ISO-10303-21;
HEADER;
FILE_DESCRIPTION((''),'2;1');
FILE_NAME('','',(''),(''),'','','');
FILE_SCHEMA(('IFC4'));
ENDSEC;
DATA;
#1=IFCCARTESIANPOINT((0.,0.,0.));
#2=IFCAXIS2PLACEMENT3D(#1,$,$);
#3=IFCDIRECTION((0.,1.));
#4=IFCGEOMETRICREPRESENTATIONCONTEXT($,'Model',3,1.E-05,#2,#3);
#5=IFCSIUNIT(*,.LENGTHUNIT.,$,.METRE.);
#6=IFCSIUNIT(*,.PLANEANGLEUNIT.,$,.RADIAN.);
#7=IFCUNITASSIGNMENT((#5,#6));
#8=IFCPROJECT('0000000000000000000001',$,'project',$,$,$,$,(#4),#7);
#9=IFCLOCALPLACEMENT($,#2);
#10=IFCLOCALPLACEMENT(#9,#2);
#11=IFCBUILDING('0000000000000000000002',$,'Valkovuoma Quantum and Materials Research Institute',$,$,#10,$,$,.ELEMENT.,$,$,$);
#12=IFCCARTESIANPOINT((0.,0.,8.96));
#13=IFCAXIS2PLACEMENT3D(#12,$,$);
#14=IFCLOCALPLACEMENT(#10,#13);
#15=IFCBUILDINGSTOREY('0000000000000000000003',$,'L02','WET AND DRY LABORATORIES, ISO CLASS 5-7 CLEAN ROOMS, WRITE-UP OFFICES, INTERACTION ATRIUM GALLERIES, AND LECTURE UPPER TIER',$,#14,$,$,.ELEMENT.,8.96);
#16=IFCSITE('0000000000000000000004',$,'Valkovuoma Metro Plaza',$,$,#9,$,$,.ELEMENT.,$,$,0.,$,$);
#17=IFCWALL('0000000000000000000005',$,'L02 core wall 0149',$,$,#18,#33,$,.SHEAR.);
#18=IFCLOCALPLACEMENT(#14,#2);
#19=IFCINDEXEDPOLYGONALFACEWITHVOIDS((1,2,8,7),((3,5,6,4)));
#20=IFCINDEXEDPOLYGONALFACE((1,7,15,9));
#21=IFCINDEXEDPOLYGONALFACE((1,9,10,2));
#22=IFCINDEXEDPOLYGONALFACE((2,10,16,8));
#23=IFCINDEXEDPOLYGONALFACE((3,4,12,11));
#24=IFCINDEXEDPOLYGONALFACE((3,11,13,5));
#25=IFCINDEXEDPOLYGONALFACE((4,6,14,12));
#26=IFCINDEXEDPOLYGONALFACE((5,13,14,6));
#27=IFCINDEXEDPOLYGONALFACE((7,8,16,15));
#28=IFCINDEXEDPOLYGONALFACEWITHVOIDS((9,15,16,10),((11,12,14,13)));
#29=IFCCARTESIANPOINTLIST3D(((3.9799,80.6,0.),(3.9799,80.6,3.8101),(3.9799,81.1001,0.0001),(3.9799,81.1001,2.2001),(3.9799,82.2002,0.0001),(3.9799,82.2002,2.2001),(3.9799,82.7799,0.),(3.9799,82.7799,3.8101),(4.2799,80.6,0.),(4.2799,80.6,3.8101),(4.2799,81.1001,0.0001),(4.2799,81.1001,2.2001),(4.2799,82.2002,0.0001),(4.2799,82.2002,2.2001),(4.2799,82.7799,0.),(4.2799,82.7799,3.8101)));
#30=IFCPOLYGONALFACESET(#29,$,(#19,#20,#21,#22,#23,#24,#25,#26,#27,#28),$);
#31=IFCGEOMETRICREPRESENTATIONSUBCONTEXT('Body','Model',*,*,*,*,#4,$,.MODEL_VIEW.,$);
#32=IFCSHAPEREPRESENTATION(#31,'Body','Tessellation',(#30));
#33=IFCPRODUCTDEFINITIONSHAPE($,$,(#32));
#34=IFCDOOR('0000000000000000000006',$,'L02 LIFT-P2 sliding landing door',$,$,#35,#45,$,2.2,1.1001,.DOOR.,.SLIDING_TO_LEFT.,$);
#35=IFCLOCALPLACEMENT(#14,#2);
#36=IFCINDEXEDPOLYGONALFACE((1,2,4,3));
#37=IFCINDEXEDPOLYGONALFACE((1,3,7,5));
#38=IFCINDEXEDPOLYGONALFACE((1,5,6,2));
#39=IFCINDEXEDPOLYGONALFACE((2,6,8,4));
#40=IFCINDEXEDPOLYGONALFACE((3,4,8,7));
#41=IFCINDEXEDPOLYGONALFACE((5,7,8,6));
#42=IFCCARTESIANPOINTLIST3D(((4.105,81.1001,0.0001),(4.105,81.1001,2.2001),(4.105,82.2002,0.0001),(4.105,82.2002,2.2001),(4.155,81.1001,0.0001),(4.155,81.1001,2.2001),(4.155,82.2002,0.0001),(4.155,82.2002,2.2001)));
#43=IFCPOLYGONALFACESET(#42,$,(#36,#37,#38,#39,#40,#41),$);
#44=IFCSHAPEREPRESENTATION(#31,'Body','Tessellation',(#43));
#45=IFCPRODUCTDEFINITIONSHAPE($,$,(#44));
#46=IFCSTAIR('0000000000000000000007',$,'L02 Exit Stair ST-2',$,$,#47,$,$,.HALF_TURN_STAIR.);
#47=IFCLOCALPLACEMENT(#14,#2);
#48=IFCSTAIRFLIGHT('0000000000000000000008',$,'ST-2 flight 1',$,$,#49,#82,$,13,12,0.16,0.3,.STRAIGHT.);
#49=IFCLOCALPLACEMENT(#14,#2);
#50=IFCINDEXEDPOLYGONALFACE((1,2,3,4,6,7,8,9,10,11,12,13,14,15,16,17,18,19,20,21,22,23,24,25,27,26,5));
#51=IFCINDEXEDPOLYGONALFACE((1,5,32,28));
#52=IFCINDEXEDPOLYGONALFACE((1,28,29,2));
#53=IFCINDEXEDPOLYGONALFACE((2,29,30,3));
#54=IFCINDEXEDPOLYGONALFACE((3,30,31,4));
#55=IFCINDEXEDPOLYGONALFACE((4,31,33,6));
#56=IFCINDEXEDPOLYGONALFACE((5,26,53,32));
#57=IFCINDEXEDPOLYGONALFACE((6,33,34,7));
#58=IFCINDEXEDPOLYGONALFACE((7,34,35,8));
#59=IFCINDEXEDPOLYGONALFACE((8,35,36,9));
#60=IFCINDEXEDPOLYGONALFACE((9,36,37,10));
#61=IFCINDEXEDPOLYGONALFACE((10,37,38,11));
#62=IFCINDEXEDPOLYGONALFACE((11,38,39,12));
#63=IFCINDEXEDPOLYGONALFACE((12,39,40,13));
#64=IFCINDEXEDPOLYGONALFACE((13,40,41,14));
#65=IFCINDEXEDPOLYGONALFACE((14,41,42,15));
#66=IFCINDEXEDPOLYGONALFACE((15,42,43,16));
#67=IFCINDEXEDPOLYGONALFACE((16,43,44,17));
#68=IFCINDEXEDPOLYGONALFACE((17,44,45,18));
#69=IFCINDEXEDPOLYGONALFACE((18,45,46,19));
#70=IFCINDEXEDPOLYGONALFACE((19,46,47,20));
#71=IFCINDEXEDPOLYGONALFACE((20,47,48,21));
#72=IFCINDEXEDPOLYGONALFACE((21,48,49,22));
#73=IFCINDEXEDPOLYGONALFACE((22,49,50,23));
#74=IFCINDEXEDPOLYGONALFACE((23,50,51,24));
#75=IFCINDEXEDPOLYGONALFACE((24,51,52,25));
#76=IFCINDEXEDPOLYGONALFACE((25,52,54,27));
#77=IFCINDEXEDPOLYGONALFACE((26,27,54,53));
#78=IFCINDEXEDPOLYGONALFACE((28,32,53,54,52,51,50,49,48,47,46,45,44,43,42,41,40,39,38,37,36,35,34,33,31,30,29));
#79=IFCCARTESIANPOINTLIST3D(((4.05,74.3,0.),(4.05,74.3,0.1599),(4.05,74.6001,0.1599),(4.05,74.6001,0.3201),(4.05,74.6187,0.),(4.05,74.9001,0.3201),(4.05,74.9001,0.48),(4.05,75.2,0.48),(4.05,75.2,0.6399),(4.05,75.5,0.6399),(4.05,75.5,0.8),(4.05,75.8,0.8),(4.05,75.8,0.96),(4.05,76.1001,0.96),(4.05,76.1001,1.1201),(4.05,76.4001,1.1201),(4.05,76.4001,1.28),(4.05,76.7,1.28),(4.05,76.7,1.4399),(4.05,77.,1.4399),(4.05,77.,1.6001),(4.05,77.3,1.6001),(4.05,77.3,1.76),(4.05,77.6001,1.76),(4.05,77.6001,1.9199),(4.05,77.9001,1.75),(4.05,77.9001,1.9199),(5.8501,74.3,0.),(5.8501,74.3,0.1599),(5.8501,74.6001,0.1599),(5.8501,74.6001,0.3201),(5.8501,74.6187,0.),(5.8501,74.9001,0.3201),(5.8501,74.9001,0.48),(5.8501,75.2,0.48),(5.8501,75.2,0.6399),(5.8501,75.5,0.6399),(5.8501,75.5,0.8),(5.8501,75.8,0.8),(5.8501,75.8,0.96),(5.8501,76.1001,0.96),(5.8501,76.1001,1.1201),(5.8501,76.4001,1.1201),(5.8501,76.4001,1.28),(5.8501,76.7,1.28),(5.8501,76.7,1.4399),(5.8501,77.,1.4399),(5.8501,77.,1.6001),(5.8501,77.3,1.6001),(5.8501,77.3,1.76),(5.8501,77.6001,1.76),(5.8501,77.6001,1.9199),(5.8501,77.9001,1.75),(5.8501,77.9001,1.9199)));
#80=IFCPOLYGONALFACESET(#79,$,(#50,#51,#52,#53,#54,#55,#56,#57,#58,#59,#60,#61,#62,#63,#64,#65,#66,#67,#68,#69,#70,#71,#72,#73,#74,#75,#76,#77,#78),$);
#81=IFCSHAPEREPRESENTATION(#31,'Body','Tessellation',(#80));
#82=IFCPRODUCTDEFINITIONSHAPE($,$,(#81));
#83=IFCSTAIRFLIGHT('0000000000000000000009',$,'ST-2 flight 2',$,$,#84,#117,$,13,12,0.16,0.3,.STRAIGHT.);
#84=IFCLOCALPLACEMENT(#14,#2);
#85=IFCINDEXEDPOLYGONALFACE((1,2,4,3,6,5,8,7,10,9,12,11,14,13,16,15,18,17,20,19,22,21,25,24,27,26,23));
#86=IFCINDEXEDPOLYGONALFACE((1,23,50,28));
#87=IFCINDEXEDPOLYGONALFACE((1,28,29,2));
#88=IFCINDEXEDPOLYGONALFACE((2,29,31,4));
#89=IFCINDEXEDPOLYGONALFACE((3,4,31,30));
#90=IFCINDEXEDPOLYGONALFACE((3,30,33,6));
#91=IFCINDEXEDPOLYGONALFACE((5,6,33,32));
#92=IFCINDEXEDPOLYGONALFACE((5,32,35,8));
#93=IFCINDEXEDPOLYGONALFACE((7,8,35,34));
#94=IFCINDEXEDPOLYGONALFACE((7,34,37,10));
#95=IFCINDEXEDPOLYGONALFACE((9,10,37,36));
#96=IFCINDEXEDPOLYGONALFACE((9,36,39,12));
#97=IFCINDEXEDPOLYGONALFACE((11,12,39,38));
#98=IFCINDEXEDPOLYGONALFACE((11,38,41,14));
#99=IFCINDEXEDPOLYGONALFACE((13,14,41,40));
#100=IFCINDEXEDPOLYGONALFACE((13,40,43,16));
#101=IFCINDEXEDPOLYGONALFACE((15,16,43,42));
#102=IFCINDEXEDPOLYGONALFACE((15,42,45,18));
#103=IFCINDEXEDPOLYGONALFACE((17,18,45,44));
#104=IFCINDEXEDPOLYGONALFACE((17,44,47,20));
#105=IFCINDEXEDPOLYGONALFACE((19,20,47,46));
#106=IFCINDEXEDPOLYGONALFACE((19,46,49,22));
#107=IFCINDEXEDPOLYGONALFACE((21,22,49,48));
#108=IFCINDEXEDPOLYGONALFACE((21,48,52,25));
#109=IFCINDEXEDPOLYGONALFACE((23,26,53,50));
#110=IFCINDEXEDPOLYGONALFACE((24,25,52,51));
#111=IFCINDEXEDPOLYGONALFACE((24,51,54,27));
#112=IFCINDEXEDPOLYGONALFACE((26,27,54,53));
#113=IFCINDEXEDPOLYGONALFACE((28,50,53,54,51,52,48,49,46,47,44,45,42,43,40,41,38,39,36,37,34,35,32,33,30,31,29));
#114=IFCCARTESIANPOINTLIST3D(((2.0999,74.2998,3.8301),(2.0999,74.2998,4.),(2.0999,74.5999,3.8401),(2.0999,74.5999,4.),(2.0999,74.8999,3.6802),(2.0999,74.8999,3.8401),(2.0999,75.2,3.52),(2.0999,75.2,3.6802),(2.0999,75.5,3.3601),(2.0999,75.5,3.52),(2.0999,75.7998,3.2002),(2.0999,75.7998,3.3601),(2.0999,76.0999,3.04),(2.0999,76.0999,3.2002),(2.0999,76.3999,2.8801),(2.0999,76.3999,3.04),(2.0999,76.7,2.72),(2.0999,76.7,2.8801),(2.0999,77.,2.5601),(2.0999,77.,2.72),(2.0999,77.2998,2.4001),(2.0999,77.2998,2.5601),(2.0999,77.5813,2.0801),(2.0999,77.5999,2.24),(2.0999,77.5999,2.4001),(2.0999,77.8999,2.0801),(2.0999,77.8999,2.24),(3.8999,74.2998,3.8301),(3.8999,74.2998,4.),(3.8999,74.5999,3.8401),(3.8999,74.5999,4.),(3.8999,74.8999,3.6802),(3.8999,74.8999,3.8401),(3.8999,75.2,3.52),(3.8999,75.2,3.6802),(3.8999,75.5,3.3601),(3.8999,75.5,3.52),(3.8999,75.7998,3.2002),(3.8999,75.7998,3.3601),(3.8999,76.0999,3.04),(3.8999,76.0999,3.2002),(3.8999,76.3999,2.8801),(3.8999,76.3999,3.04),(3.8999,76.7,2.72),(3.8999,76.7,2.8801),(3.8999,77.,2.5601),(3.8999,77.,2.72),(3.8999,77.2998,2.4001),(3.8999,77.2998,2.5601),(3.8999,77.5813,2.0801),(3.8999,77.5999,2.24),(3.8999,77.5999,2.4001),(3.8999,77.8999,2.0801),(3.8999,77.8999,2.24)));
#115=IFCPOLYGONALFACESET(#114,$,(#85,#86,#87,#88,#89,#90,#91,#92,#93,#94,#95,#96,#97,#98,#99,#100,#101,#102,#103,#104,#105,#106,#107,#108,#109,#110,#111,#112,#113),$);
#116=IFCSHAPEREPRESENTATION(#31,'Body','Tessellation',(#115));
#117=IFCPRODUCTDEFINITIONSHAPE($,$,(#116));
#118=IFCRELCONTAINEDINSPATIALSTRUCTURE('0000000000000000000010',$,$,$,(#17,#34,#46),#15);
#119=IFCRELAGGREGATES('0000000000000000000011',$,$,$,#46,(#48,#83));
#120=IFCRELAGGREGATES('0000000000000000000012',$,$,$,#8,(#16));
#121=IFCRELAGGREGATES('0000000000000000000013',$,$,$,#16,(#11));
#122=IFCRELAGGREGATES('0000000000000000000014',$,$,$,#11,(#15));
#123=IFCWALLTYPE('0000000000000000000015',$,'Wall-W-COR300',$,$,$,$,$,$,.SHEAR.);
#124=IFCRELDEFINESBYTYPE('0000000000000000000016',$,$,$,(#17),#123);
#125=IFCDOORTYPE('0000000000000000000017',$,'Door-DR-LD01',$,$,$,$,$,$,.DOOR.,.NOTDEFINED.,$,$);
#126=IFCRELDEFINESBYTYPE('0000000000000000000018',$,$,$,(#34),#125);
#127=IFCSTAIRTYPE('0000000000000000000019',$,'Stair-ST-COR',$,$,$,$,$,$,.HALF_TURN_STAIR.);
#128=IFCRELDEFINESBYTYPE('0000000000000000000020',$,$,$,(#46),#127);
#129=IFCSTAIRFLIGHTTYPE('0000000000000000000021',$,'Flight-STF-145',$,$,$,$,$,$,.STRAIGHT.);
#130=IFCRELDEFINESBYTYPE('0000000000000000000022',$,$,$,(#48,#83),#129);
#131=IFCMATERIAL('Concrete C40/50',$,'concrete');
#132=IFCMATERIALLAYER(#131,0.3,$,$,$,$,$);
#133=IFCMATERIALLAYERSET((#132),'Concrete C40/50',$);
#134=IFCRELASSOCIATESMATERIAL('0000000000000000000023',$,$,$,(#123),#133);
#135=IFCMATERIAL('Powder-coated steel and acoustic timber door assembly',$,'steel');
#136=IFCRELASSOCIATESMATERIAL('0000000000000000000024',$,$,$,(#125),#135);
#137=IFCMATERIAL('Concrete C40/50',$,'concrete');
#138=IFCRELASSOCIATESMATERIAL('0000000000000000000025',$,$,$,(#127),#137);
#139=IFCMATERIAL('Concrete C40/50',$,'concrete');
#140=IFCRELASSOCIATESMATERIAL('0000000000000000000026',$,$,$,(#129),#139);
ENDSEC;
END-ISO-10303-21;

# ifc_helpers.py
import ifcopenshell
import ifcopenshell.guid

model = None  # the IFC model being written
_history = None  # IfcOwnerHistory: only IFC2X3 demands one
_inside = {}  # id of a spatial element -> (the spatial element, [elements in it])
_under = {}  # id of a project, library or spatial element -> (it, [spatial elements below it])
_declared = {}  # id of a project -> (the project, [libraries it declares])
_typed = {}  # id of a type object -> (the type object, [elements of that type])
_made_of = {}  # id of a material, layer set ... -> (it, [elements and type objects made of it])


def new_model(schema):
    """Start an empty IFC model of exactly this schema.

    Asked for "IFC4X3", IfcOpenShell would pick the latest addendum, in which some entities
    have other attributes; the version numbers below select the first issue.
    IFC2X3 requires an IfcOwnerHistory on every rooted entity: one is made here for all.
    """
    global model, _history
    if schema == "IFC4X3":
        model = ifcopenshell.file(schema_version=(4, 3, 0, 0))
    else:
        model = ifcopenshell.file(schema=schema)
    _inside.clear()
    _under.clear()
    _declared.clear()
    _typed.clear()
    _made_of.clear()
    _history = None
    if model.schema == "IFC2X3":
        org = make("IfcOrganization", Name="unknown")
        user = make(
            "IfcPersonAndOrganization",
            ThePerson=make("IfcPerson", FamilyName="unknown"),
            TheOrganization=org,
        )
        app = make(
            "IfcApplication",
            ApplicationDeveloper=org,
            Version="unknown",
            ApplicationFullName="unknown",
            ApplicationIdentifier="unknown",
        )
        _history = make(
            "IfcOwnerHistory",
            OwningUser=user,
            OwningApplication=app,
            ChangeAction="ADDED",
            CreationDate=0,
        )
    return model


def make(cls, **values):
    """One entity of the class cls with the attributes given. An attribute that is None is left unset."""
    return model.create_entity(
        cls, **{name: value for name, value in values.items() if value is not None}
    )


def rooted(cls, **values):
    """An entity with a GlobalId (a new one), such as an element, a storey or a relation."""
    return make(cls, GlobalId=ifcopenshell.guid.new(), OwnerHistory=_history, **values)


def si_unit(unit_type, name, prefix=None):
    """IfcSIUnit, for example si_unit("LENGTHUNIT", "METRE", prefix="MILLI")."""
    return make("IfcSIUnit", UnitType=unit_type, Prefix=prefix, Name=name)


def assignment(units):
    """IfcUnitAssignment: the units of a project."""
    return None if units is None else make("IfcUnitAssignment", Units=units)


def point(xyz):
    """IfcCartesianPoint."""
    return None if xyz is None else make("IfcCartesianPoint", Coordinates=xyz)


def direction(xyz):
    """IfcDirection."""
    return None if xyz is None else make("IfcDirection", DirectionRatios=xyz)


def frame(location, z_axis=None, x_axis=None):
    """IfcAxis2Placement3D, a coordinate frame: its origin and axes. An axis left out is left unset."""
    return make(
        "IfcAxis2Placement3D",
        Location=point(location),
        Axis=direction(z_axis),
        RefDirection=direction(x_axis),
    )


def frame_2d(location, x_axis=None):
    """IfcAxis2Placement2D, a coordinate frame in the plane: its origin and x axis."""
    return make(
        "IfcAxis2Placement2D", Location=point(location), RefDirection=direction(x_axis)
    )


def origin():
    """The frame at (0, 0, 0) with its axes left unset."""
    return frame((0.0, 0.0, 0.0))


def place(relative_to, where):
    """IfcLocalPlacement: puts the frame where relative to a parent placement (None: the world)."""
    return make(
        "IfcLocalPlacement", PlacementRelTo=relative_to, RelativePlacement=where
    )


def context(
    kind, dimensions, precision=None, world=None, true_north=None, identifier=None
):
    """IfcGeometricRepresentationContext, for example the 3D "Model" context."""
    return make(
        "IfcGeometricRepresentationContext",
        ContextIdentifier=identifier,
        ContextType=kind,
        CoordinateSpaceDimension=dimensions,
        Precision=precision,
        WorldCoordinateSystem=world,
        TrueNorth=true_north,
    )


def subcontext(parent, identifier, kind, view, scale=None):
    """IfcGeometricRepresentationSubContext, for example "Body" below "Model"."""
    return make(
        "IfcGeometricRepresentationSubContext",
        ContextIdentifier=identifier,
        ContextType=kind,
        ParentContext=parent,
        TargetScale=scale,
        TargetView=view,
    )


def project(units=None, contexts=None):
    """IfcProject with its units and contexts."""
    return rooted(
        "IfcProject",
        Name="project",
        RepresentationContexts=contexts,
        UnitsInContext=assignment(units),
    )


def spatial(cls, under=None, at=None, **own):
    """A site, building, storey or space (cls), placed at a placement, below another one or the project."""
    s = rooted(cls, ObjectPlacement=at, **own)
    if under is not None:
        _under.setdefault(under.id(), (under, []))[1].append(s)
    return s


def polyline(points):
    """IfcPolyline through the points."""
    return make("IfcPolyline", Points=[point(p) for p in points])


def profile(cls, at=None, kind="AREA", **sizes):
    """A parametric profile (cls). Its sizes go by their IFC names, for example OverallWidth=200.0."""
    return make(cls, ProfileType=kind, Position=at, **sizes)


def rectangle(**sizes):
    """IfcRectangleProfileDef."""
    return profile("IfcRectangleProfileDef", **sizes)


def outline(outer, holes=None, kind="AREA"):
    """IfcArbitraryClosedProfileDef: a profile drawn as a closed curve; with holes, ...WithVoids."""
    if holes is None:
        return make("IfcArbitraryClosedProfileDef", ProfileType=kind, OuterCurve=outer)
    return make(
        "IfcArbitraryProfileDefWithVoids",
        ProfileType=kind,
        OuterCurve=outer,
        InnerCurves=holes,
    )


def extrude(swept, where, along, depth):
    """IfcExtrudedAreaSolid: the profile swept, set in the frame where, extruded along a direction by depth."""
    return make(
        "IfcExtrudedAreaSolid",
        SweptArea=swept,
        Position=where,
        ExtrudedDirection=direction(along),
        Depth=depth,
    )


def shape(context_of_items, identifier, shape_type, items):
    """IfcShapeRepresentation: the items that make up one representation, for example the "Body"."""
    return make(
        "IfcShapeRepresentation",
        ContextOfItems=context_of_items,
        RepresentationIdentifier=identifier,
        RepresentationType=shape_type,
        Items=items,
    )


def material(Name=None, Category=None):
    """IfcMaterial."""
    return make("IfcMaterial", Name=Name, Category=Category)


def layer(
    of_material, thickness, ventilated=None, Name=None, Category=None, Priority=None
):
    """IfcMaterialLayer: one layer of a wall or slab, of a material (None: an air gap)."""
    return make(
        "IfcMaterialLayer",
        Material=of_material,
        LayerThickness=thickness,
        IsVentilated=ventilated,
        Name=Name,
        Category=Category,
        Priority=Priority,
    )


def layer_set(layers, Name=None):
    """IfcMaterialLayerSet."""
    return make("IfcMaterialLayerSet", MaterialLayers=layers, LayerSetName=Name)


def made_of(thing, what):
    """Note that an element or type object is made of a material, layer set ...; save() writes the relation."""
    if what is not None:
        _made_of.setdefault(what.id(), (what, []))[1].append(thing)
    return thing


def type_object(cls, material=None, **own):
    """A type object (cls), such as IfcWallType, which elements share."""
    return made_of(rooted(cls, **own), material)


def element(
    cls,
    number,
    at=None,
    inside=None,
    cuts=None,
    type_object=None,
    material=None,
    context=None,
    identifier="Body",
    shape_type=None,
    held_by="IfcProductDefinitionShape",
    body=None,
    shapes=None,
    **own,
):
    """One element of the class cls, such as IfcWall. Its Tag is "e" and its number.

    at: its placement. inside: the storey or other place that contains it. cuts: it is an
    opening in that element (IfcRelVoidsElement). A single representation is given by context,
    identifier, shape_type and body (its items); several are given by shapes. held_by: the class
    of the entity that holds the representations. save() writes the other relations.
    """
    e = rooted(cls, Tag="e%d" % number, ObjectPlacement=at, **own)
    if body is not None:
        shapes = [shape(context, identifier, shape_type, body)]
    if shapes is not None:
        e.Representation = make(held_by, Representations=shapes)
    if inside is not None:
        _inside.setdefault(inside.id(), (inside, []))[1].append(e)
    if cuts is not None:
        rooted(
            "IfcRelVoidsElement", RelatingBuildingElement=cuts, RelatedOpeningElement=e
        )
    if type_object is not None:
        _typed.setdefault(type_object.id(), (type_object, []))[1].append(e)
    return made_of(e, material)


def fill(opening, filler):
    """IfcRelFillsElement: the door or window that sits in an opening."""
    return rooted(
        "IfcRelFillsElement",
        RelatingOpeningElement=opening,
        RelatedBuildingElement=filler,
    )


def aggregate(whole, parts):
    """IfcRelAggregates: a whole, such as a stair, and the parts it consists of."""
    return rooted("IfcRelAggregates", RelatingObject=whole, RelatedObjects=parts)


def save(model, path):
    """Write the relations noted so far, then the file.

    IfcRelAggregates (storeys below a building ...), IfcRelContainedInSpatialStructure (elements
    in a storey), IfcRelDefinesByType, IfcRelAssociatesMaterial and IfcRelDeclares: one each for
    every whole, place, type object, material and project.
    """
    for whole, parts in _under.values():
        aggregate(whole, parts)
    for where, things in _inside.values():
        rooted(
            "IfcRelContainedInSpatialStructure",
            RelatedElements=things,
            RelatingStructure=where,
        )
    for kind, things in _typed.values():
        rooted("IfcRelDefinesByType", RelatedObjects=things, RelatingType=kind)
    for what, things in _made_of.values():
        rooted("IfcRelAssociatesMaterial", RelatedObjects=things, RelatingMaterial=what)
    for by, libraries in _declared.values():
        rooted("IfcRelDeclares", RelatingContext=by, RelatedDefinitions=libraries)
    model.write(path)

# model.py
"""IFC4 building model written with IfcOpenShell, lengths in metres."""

from ifc_helpers import new_model, si_unit, direction, frame, frame_2d, origin, place, context, subcontext, project, spatial, polyline, rectangle, outline, extrude, material, layer, layer_set, type_object, element, fill, aggregate, save


model = new_model("IFC4")

# Units and contexts
model_context = context("Model", 3, precision=1e-05, world=origin(), true_north=direction((0.0, 1.0)))
body_context = subcontext(model_context, "Body", "Model", "MODEL_VIEW")
ifc_project = project(units=[si_unit("LENGTHUNIT", "METRE"), si_unit("PLANEANGLEUNIT", "RADIAN")], contexts=[model_context])

# Site, building, storey
site_placement = place(None, origin())
site = spatial("IfcSite", under=ifc_project, at=site_placement, Name="Valkovuoma Metro Plaza", CompositionType="ELEMENT", RefElevation=0.0)
building_placement = place(site_placement, origin())
building = spatial("IfcBuilding", under=site, at=building_placement, Name="Valkovuoma Quantum and Materials Research Institute", CompositionType="ELEMENT")
storey_placement = place(building_placement, frame((0.0, 0.0, 8.96)))
storey = spatial("IfcBuildingStorey", under=building, at=storey_placement, Name="L02", Description="WET AND DRY LABORATORIES, ISO CLASS 5-7 CLEAN ROOMS, WRITE-UP OFFICES, INTERACTION ATRIUM GALLERIES, AND LECTURE UPPER TIER", CompositionType="ELEMENT", Elevation=8.96)

# Shared definitions
ifc_material_1 = material(Name="Concrete C40/50", Category="concrete")
ifc_layer_1 = layer(ifc_material_1, 0.3)
ifc_layer_set_1 = layer_set([ifc_layer_1], Name="Concrete C40/50")
wall_type = type_object("IfcWallType", Name="Wall-W-COR300", PredefinedType="SHEAR", material=ifc_layer_set_1)

# Wall, opening, door
wall_1_placement = place(storey_placement, frame((4.1299, 80.6001, 0.0), z_axis=(0.0, 0.0, 1.0), x_axis=(0.0, 1.0, 0.0)))
wall_1 = element("IfcWall", 1, at=wall_1_placement, inside=storey, type_object=wall_type, Name="L02 core wall 0149", PredefinedType="SHEAR", context=body_context, shape_type="SweptSolid", body=[
    extrude(rectangle(XDim=2.1799, YDim=0.3, at=frame_2d((1.0898, 0.0))), origin(), (0.0, 0.0, 1.0), 3.8101),
])
opening_1_placement = place(wall_1_placement, frame((0.5, 0.0, 0.0)))
opening_1 = element("IfcOpeningElement", 2, at=opening_1_placement, cuts=wall_1, PredefinedType="OPENING", context=body_context, shape_type="SweptSolid", body=[
    extrude(rectangle(XDim=1.1001, YDim=2.2, at=frame_2d((0.55, 1.1001))), frame((0.0, 0.1602, 0.0), z_axis=(0.0, -1.0, 0.0), x_axis=(1.0, 0.0, 0.0)), (0.0, 0.0, 1.0), 0.3201),
])
ifc_material_2 = material(Name="Powder-coated steel and acoustic timber door assembly", Category="steel")
door_type_1 = type_object("IfcDoorType", Name="Door-DR-LD01", OperationType="NOTDEFINED", PredefinedType="DOOR", material=ifc_material_2)
door_1_placement = place(opening_1_placement, origin())
door_1 = element("IfcDoor", 3, at=door_1_placement, inside=storey, type_object=door_type_1, Name="L02 LIFT-P2 sliding landing door", OperationType="SLIDING_TO_LEFT", OverallHeight=2.2, OverallWidth=1.1001, PredefinedType="DOOR", context=body_context, shape_type="SweptSolid", body=[
    extrude(rectangle(XDim=1.1001, YDim=2.2, at=frame_2d((0.55, 1.1001))), frame((0.0, 0.0249, 0.0), z_axis=(0.0, -1.0, 0.0), x_axis=(1.0, 0.0, 0.0)), (0.0, 0.0, 1.0), 0.05),
])
fill(opening_1, door_1)

# Stair, stair flights
ifc_material_3 = material(Name="Concrete C40/50", Category="concrete")
stair_type = type_object("IfcStairType", Name="Stair-ST-COR", PredefinedType="HALF_TURN_STAIR", material=ifc_material_3)
stair_placement = place(storey_placement, origin())
stair = element("IfcStair", 4, at=stair_placement, inside=storey, type_object=stair_type, Name="L02 Exit Stair ST-2", PredefinedType="HALF_TURN_STAIR")
ifc_material_4 = material(Name="Concrete C40/50", Category="concrete")
stair_flight_type = type_object("IfcStairFlightType", Name="Flight-STF-145", PredefinedType="STRAIGHT", material=ifc_material_4)
stair_flight_1_placement = place(storey_placement, frame((4.95, 74.3, 0.0), z_axis=(0.0, 0.0, 1.0), x_axis=(0.0, 1.0, 0.0)))
stair_flight_1 = element("IfcStairFlight", 5, at=stair_flight_1_placement, type_object=stair_flight_type, Name="ST-2 flight 1", NumberOfRisers=13, NumberOfTreads=12, PredefinedType="STRAIGHT", RiserHeight=0.16, TreadLength=0.3, context=body_context, shape_type="SweptSolid", body=[
    extrude(outline(polyline([(0.0, 0.0), (0.0, 0.1599), (0.3, 0.1599), (0.3, 0.3201), (0.6001, 0.3201), (0.6001, 0.48), (0.8999, 0.48), (0.8999, 0.6399), (1.2, 0.6399), (1.2, 0.8), (1.5, 0.8), (1.5, 0.96), (1.8, 0.96), (1.8, 1.1201), (2.1001, 1.1201), (2.1001, 1.28), (2.3999, 1.28), (2.3999, 1.4399), (2.7, 1.4399), (2.7, 1.6001), (3.0, 1.6001), (3.0, 1.76), (3.3, 1.76), (3.3, 1.9199), (3.6001, 1.9199), (3.6001, 2.0801), (3.6001, 1.75), (0.3186, 0.0), (0.0, 0.0)])), frame((0.0, 0.8999, 0.0), z_axis=(0.0, -1.0, 0.0), x_axis=(1.0, 0.0, 0.0)), (0.0, 0.0, 1.0), 1.8),
])
stair_flight_2_placement = place(storey_placement, frame((3.0, 77.8999, 2.0801), z_axis=(0.0, 0.0, 1.0), x_axis=(0.0, -1.0, 0.0)))
stair_flight_2 = element("IfcStairFlight", 6, at=stair_flight_2_placement, type_object=stair_flight_type, Name="ST-2 flight 2", NumberOfRisers=13, NumberOfTreads=12, PredefinedType="STRAIGHT", RiserHeight=0.16, TreadLength=0.3, context=body_context, shape_type="SweptSolid", body=[
    extrude(outline(polyline([(0.0, 0.0), (0.0, 0.1599), (0.3, 0.1599), (0.3, 0.3201), (0.6001, 0.3201), (0.6001, 0.48), (0.8999, 0.48), (0.8999, 0.6399), (1.2, 0.6399), (1.2, 0.8), (1.5, 0.8), (1.5, 0.96), (1.8, 0.96), (1.8, 1.1201), (2.1001, 1.1201), (2.1001, 1.28), (2.3999, 1.28), (2.3999, 1.4399), (2.7, 1.4399), (2.7, 1.6001), (3.0, 1.6001), (3.0, 1.76), (3.3, 1.76), (3.3, 1.9199), (3.6001, 1.9199), (3.6001, 2.0801), (3.6001, 1.75), (0.3186, 0.0), (0.0, 0.0)])), frame((0.0, 0.8999, 0.0), z_axis=(0.0, -1.0, 0.0), x_axis=(1.0, 0.0, 0.0)), (0.0, 0.0, 1.0), 1.8),
])
aggregate(stair, [stair_flight_1, stair_flight_2])

save(model, "model.ifc")
